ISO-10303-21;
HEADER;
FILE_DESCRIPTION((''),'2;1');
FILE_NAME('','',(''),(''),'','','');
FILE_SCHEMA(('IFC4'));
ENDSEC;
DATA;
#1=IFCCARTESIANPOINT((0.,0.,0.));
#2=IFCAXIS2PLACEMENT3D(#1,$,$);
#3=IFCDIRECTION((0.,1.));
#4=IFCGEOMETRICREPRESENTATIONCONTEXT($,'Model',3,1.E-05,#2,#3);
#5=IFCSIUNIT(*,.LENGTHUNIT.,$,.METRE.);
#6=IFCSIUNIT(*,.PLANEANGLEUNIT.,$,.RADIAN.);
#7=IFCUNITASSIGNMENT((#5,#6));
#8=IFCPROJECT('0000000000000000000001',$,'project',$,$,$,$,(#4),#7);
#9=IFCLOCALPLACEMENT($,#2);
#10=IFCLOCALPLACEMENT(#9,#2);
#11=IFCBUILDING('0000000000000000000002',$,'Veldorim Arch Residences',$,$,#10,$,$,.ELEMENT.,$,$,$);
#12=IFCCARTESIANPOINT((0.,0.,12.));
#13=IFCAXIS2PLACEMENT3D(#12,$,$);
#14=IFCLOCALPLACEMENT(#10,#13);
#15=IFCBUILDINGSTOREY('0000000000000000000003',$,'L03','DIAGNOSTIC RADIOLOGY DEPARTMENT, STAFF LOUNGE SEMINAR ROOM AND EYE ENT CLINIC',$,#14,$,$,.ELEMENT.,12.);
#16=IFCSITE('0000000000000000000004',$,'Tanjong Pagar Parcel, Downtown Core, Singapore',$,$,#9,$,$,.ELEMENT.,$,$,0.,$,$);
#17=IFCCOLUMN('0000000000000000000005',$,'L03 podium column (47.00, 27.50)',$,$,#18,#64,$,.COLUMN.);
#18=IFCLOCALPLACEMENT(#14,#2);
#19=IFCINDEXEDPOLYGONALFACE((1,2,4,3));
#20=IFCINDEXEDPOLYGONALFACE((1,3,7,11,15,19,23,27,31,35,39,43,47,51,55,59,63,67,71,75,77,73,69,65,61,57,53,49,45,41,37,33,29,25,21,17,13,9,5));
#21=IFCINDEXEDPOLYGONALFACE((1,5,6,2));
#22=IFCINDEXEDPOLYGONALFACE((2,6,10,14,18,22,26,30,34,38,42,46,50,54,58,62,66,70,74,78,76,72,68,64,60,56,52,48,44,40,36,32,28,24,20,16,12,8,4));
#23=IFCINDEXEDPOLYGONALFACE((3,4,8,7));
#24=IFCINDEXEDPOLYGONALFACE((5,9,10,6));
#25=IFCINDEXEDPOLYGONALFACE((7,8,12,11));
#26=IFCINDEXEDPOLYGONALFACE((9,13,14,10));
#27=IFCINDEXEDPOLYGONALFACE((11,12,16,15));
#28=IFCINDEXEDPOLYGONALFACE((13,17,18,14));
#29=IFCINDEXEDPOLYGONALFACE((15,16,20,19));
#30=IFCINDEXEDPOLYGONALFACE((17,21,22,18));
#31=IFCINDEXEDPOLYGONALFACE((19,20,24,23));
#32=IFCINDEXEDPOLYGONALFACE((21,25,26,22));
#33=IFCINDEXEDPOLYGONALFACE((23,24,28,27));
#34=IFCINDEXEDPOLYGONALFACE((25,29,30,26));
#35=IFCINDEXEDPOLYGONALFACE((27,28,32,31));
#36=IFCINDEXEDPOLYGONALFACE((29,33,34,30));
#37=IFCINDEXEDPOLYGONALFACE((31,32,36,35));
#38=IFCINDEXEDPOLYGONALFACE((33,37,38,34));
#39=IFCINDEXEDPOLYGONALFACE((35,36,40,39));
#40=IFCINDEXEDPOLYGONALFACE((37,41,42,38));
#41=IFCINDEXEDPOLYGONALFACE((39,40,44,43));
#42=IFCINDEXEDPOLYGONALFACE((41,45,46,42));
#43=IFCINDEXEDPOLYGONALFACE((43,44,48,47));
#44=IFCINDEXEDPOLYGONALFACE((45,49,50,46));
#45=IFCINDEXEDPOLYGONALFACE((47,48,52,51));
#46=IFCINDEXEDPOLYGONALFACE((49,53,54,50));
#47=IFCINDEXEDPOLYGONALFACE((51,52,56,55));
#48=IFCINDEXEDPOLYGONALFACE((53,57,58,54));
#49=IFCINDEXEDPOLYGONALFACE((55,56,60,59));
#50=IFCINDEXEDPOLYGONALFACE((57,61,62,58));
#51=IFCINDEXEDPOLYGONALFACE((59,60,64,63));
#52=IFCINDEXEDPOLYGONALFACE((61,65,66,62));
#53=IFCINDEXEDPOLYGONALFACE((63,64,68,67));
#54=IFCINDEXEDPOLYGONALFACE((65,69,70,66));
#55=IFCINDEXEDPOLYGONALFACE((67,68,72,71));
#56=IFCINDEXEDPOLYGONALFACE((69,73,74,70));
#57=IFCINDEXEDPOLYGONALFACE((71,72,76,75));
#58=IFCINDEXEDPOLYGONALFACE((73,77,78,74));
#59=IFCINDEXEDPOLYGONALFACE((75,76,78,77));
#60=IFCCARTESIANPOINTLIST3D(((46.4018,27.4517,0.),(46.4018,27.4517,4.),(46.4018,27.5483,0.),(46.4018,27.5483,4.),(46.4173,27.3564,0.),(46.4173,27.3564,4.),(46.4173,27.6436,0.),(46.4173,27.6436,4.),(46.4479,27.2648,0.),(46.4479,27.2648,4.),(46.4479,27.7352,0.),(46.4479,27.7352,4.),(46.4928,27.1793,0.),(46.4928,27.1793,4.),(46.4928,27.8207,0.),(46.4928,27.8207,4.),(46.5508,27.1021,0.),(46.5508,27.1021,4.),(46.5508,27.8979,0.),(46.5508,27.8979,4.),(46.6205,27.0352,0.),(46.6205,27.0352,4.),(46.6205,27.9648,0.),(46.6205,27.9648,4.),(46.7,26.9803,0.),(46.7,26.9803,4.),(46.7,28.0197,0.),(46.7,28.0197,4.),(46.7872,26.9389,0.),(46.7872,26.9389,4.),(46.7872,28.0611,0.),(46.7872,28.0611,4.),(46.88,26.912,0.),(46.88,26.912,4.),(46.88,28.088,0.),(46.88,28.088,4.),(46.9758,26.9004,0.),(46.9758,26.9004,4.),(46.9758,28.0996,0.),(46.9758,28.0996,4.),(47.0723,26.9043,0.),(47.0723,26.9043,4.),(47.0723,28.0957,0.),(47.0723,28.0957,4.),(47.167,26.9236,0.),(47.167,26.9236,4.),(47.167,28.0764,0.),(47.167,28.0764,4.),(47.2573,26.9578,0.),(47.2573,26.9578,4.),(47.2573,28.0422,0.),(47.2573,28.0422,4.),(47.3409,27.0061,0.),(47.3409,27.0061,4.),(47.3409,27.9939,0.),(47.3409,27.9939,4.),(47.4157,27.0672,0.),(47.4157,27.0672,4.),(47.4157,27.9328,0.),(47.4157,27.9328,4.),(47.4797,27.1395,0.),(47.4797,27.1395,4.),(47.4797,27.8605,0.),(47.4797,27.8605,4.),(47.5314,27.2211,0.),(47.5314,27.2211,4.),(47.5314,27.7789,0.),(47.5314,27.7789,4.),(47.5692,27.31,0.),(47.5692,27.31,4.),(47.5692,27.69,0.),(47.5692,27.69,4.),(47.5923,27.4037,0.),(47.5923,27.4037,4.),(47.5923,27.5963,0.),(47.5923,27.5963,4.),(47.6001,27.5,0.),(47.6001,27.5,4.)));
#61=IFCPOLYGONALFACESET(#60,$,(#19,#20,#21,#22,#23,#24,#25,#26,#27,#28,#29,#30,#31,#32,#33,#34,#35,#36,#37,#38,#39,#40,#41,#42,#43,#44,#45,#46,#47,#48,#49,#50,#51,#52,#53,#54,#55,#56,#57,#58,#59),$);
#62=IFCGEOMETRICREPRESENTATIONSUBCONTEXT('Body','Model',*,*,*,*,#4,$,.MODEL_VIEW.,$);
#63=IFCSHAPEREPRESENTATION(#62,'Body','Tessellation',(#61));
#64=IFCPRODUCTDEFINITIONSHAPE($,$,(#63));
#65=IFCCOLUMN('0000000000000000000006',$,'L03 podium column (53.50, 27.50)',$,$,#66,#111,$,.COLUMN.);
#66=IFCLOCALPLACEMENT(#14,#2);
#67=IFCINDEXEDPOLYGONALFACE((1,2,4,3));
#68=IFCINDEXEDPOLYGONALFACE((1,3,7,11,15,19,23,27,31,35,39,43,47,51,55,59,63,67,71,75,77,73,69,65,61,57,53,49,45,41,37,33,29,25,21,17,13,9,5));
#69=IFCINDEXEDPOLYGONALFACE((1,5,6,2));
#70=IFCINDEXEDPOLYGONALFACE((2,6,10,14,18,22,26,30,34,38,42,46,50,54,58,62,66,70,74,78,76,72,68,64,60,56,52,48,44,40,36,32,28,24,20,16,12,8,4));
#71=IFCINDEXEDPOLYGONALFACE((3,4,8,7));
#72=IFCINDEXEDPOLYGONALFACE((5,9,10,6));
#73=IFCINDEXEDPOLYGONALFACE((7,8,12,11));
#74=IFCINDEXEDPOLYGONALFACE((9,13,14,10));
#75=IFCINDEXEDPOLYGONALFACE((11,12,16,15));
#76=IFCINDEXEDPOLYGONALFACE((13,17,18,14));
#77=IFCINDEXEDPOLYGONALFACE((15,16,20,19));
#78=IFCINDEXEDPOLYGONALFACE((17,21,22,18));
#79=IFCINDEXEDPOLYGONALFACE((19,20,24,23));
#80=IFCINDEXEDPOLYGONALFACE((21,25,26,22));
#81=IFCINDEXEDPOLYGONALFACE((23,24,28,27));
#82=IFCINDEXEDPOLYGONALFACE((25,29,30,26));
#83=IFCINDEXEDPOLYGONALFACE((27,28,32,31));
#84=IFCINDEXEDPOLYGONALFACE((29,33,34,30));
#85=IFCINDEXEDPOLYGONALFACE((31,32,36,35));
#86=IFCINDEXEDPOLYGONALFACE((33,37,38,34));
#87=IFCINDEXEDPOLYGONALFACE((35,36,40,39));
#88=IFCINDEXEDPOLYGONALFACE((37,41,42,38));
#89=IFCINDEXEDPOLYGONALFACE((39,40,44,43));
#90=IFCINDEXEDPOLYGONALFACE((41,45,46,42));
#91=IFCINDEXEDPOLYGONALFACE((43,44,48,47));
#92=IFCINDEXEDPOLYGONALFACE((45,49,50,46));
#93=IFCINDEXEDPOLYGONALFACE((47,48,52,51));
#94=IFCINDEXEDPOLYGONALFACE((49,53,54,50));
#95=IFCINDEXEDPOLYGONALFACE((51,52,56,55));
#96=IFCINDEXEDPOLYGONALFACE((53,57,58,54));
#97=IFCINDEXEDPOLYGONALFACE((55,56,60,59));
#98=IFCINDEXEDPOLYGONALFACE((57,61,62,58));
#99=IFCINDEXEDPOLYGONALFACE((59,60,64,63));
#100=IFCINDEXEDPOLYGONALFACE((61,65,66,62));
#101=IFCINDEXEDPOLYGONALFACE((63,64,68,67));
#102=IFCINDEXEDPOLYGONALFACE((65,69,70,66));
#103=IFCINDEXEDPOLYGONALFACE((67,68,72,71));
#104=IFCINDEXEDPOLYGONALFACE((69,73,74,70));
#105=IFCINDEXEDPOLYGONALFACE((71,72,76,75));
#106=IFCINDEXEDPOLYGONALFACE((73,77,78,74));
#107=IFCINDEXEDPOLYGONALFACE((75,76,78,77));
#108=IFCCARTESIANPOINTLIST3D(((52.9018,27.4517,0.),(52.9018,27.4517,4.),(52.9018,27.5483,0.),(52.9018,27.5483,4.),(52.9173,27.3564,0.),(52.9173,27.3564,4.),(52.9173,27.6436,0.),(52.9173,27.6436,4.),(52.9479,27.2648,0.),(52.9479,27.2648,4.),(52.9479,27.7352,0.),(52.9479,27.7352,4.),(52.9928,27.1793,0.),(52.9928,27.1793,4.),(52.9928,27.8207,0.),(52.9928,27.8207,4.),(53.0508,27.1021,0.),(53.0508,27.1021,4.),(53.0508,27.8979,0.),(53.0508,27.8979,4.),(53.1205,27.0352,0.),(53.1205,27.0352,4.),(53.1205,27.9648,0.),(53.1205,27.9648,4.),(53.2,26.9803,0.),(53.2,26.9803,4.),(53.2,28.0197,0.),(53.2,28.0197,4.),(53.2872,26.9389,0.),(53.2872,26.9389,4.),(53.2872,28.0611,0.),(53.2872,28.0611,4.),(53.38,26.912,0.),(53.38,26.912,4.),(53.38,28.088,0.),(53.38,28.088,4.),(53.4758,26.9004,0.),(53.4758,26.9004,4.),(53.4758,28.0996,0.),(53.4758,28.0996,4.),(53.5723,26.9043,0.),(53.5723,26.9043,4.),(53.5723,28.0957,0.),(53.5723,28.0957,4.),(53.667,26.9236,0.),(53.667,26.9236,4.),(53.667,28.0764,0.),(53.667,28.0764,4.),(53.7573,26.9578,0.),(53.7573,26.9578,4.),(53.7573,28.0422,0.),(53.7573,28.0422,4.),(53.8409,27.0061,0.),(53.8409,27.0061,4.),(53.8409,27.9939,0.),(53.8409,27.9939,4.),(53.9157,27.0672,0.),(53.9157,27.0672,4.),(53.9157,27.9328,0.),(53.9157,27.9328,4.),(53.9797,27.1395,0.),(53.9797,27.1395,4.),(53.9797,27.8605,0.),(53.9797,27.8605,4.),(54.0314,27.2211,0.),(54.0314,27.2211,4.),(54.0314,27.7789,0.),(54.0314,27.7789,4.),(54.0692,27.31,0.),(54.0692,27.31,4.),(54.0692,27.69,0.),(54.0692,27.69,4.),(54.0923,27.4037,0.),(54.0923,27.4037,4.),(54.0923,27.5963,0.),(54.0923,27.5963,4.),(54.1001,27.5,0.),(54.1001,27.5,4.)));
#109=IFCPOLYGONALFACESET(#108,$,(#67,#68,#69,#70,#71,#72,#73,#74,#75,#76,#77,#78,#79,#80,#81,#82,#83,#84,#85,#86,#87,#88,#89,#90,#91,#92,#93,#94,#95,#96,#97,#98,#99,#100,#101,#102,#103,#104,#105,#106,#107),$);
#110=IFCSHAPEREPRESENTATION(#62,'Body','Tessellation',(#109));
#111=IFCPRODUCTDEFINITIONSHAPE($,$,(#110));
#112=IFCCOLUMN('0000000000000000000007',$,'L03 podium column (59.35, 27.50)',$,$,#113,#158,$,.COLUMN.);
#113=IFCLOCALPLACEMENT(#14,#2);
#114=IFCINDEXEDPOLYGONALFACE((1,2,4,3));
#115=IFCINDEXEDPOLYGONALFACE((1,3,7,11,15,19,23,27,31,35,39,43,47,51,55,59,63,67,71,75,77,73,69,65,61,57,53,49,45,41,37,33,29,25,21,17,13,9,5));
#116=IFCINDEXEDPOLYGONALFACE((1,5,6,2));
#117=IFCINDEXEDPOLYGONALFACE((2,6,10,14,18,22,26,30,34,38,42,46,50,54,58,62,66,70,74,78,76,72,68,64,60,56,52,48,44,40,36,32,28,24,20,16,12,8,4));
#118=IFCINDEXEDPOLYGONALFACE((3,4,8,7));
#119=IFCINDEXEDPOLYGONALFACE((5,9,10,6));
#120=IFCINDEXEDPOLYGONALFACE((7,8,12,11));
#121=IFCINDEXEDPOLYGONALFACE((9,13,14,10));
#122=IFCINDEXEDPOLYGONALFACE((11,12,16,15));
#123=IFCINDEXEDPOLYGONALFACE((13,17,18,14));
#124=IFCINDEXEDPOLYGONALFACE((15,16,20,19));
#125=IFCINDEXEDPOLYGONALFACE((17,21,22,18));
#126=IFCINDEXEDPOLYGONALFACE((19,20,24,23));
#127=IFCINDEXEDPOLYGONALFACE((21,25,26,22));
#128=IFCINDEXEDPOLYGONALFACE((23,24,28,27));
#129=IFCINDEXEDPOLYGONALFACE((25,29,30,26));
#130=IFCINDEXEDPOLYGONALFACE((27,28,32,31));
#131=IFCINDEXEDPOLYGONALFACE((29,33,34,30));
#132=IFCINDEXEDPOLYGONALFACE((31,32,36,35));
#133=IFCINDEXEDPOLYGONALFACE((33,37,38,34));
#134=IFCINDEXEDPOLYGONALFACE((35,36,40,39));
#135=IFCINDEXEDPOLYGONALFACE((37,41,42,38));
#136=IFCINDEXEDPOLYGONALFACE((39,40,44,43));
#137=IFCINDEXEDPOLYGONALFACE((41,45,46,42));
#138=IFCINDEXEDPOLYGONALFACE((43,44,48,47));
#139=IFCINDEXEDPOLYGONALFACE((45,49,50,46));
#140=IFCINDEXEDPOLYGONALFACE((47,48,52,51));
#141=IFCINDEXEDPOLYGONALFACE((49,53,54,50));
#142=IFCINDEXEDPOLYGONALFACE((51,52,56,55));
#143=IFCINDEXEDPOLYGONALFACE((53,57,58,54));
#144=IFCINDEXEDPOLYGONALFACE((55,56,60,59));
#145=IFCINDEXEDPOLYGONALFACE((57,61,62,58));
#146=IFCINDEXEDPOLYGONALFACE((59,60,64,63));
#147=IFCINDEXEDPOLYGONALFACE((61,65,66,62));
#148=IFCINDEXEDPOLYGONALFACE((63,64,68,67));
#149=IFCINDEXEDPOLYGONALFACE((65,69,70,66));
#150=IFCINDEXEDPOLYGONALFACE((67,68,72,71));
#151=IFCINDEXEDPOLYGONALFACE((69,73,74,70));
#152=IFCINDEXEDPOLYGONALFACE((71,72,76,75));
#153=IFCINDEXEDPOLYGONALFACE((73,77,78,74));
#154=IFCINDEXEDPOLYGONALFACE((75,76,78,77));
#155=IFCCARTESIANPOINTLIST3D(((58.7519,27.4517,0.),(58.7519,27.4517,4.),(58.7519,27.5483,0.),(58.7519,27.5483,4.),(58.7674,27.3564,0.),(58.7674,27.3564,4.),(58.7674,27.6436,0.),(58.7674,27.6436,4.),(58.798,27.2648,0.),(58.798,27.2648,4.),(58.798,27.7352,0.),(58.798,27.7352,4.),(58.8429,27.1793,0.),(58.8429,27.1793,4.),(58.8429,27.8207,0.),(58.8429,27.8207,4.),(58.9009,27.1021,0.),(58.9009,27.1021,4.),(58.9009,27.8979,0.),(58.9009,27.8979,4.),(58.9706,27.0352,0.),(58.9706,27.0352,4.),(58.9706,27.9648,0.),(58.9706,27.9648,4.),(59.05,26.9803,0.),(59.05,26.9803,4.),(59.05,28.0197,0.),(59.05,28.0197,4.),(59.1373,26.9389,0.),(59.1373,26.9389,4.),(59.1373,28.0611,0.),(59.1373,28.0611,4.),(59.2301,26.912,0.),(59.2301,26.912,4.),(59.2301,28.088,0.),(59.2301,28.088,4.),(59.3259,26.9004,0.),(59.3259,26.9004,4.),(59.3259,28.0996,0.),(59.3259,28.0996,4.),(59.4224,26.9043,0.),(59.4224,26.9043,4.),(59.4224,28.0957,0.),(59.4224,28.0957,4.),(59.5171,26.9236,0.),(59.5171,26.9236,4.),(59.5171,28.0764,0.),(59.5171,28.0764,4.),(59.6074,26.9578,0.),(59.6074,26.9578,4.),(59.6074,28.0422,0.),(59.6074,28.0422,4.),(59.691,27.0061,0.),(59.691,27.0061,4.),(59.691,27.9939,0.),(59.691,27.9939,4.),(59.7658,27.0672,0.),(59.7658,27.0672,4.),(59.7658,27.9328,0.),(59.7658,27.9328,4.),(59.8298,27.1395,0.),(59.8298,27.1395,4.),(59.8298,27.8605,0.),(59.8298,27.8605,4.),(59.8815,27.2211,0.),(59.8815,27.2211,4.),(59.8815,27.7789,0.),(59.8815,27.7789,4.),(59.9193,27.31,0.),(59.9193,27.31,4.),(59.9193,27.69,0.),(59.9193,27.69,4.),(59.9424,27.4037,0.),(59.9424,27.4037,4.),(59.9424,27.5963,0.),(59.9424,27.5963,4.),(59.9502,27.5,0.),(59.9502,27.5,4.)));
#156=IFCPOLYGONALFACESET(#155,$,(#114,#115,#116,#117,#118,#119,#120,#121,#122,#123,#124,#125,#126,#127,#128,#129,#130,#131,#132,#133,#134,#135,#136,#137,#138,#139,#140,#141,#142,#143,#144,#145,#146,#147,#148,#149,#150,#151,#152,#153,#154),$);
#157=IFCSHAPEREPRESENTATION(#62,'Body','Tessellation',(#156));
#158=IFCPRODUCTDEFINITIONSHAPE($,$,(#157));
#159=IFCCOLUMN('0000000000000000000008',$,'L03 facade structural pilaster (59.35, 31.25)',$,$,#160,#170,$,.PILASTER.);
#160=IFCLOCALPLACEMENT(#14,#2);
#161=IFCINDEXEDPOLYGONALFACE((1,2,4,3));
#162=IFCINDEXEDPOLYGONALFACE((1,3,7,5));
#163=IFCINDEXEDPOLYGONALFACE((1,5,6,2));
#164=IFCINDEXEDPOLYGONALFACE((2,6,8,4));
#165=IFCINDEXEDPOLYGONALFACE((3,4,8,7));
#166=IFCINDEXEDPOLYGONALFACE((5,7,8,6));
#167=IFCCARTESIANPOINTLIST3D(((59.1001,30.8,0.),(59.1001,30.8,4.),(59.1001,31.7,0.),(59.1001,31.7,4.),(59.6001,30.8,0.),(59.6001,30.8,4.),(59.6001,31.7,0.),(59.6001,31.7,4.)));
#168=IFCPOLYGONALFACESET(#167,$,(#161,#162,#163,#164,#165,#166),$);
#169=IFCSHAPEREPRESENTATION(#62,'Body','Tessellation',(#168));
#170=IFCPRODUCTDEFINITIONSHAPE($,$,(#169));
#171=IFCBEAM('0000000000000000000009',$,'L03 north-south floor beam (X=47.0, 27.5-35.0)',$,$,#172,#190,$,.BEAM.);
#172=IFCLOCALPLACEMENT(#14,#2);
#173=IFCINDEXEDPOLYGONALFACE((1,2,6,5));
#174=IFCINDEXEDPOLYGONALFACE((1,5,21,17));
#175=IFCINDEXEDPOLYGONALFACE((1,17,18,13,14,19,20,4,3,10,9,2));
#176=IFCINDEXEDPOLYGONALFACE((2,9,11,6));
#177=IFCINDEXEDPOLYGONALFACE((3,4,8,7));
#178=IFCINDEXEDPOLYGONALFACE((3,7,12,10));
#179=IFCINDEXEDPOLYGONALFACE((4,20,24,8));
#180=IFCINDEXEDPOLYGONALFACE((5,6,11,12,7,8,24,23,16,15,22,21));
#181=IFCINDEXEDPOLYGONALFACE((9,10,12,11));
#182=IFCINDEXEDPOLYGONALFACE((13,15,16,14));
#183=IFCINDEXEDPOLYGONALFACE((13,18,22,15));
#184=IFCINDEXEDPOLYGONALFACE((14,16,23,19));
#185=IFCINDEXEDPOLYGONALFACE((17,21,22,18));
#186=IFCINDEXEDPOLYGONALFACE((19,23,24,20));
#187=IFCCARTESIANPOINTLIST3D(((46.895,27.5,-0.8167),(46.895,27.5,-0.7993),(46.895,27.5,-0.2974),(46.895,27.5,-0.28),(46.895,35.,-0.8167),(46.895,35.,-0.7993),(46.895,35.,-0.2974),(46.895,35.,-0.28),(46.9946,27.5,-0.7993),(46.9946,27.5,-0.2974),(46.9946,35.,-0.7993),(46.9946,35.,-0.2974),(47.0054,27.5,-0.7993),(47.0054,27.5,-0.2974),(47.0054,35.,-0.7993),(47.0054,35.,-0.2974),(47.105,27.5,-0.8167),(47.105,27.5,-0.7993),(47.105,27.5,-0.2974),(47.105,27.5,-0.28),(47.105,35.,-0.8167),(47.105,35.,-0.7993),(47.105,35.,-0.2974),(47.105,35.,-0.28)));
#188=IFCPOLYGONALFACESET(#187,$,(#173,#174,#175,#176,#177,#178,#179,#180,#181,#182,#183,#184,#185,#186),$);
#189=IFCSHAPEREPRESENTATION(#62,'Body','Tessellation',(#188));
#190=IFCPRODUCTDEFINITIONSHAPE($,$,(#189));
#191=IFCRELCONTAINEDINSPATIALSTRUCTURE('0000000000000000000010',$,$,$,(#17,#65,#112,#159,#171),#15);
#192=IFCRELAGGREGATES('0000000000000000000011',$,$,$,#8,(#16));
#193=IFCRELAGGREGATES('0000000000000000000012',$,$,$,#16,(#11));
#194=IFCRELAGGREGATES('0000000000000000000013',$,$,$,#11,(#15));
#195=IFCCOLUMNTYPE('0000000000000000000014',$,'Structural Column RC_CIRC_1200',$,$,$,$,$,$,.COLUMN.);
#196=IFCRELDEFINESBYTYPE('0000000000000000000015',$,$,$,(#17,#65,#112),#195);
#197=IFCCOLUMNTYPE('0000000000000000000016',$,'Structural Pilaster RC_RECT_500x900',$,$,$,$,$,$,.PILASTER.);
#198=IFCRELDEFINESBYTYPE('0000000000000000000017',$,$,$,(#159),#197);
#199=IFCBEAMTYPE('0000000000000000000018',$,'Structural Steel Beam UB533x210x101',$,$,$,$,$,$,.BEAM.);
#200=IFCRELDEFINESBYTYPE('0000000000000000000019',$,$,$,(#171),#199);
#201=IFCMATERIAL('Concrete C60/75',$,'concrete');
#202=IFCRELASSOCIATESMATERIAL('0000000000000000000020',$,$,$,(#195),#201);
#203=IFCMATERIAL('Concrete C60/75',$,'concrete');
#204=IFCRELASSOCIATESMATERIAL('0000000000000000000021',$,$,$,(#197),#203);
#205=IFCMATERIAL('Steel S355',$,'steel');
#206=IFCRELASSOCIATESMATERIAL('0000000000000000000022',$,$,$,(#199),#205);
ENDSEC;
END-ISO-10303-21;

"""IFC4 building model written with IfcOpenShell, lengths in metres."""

from ifc_helpers import new_model, si_unit, direction, frame, origin, origin_2d, place, context, subcontext, project, spatial, rectangle, circle, i_section, extrude, material, material_profile, profile_set, type_object, element, save


model = new_model("IFC4")

# Units and contexts
model_context = context("Model", 3, precision=1e-05, world=origin(), true_north=direction((0.0, 1.0)))
body_context = subcontext(model_context, "Body", "Model", "MODEL_VIEW")
ifc_project = project(units=[si_unit("LENGTHUNIT", "METRE"), si_unit("PLANEANGLEUNIT", "RADIAN")], contexts=[model_context])

# Site, building, storey
site_placement = place(None, origin())
site = spatial("IfcSite", under=ifc_project, at=site_placement, Name="Tanjong Pagar Parcel, Downtown Core, Singapore", CompositionType="ELEMENT", RefElevation=0.0)
building_placement = place(site_placement, origin())
building = spatial("IfcBuilding", under=site, at=building_placement, Name="Veldorim Arch Residences", CompositionType="ELEMENT")
storey_placement = place(building_placement, frame((0.0, 0.0, 12.0)))
storey = spatial("IfcBuildingStorey", under=building, at=storey_placement, Name="L03", Description="DIAGNOSTIC RADIOLOGY DEPARTMENT, STAFF LOUNGE SEMINAR ROOM AND EYE ENT CLINIC", CompositionType="ELEMENT", Elevation=12.0)

# Columns
ifc_material_1 = material(Name="Concrete C60/75", Category="concrete")
ifc_material_profile_1 = material_profile(ifc_material_1, circle(Radius=0.6001, at=origin_2d()), Name="RC_CIRC_1200")
ifc_profile_set_1 = profile_set([ifc_material_profile_1], Name="Concrete C60/75")
column_type_1 = type_object("IfcColumnType", Name="Structural Column RC_CIRC_1200", PredefinedType="COLUMN", material=ifc_profile_set_1)
for number, where, z_axis, x_axis, name in (
    (1, (47.0, 27.5, 0.0), (0.0, 0.0, 1.0), (1.0, 0.0, 0.0), "L03 podium column (47.00, 27.50)"),
    (2, (53.5, 27.5, 0.0), (0.0, 0.0, 1.0), (1.0, 0.0, 0.0), "L03 podium column (53.50, 27.50)"),
    (3, (59.3501, 27.5, 0.0), (0.0, 0.0, 1.0), (1.0, 0.0, 0.0), "L03 podium column (59.35, 27.50)"),
):
    element("IfcColumn", number, at=place(storey_placement, frame(where, z_axis=z_axis, x_axis=x_axis)), inside=storey, type_object=column_type_1, Name=name, PredefinedType="COLUMN", context=body_context, shape_type="SweptSolid", body=[
        extrude(circle(Radius=0.6001, at=origin_2d()), origin(), (0.0, 0.0, 1.0), 4.0),
    ])
ifc_material_2 = material(Name="Concrete C60/75", Category="concrete")
ifc_material_profile_2 = material_profile(ifc_material_2, rectangle(XDim=0.5, YDim=0.8999, at=origin_2d()), Name="RC_RECT_500x900")
ifc_profile_set_2 = profile_set([ifc_material_profile_2], Name="Concrete C60/75")
column_type_2 = type_object("IfcColumnType", Name="Structural Pilaster RC_RECT_500x900", PredefinedType="PILASTER", material=ifc_profile_set_2)
column_placement = place(storey_placement, frame((59.3501, 31.25, 0.0), z_axis=(0.0, 0.0, 1.0), x_axis=(1.0, 0.0, 0.0)))
element("IfcColumn", 4, at=column_placement, inside=storey, type_object=column_type_2, Name="L03 facade structural pilaster (59.35, 31.25)", PredefinedType="PILASTER", context=body_context, shape_type="SweptSolid", body=[
    extrude(rectangle(XDim=0.5, YDim=0.8999, at=origin_2d()), origin(), (0.0, 0.0, 1.0), 4.0),
])

# Beam
ifc_material_3 = material(Name="Steel S355", Category="steel")
ifc_material_profile_3 = material_profile(ifc_material_3, i_section(OverallWidth=0.21, OverallDepth=0.5366, WebThickness=0.0107, FlangeThickness=0.0173, at=origin_2d()), Name="UB533x210x101")
ifc_profile_set_3 = profile_set([ifc_material_profile_3], Name="Steel S355")
beam_type_1 = type_object("IfcBeamType", Name="Structural Steel Beam UB533x210x101", PredefinedType="BEAM", material=ifc_profile_set_3)
for number, where, z_axis, x_axis, name in (
    (5, (47.0, 27.5, -0.5483), (0.0, 1.0, 0.0), (-1.0, 0.0, 0.0), "L03 north-south floor beam (X=47.0, 27.5-35.0)"),
):
    element("IfcBeam", number, at=place(storey_placement, frame(where, z_axis=z_axis, x_axis=x_axis)), inside=storey, type_object=beam_type_1, Name=name, PredefinedType="BEAM", context=body_context, shape_type="SweptSolid", body=[
        extrude(i_section(OverallWidth=0.21, OverallDepth=0.5366, WebThickness=0.0107, FlangeThickness=0.0173, at=origin_2d()), origin(), (0.0, 0.0, 1.0), 7.5),
    ])

save(model, "model.ifc")
